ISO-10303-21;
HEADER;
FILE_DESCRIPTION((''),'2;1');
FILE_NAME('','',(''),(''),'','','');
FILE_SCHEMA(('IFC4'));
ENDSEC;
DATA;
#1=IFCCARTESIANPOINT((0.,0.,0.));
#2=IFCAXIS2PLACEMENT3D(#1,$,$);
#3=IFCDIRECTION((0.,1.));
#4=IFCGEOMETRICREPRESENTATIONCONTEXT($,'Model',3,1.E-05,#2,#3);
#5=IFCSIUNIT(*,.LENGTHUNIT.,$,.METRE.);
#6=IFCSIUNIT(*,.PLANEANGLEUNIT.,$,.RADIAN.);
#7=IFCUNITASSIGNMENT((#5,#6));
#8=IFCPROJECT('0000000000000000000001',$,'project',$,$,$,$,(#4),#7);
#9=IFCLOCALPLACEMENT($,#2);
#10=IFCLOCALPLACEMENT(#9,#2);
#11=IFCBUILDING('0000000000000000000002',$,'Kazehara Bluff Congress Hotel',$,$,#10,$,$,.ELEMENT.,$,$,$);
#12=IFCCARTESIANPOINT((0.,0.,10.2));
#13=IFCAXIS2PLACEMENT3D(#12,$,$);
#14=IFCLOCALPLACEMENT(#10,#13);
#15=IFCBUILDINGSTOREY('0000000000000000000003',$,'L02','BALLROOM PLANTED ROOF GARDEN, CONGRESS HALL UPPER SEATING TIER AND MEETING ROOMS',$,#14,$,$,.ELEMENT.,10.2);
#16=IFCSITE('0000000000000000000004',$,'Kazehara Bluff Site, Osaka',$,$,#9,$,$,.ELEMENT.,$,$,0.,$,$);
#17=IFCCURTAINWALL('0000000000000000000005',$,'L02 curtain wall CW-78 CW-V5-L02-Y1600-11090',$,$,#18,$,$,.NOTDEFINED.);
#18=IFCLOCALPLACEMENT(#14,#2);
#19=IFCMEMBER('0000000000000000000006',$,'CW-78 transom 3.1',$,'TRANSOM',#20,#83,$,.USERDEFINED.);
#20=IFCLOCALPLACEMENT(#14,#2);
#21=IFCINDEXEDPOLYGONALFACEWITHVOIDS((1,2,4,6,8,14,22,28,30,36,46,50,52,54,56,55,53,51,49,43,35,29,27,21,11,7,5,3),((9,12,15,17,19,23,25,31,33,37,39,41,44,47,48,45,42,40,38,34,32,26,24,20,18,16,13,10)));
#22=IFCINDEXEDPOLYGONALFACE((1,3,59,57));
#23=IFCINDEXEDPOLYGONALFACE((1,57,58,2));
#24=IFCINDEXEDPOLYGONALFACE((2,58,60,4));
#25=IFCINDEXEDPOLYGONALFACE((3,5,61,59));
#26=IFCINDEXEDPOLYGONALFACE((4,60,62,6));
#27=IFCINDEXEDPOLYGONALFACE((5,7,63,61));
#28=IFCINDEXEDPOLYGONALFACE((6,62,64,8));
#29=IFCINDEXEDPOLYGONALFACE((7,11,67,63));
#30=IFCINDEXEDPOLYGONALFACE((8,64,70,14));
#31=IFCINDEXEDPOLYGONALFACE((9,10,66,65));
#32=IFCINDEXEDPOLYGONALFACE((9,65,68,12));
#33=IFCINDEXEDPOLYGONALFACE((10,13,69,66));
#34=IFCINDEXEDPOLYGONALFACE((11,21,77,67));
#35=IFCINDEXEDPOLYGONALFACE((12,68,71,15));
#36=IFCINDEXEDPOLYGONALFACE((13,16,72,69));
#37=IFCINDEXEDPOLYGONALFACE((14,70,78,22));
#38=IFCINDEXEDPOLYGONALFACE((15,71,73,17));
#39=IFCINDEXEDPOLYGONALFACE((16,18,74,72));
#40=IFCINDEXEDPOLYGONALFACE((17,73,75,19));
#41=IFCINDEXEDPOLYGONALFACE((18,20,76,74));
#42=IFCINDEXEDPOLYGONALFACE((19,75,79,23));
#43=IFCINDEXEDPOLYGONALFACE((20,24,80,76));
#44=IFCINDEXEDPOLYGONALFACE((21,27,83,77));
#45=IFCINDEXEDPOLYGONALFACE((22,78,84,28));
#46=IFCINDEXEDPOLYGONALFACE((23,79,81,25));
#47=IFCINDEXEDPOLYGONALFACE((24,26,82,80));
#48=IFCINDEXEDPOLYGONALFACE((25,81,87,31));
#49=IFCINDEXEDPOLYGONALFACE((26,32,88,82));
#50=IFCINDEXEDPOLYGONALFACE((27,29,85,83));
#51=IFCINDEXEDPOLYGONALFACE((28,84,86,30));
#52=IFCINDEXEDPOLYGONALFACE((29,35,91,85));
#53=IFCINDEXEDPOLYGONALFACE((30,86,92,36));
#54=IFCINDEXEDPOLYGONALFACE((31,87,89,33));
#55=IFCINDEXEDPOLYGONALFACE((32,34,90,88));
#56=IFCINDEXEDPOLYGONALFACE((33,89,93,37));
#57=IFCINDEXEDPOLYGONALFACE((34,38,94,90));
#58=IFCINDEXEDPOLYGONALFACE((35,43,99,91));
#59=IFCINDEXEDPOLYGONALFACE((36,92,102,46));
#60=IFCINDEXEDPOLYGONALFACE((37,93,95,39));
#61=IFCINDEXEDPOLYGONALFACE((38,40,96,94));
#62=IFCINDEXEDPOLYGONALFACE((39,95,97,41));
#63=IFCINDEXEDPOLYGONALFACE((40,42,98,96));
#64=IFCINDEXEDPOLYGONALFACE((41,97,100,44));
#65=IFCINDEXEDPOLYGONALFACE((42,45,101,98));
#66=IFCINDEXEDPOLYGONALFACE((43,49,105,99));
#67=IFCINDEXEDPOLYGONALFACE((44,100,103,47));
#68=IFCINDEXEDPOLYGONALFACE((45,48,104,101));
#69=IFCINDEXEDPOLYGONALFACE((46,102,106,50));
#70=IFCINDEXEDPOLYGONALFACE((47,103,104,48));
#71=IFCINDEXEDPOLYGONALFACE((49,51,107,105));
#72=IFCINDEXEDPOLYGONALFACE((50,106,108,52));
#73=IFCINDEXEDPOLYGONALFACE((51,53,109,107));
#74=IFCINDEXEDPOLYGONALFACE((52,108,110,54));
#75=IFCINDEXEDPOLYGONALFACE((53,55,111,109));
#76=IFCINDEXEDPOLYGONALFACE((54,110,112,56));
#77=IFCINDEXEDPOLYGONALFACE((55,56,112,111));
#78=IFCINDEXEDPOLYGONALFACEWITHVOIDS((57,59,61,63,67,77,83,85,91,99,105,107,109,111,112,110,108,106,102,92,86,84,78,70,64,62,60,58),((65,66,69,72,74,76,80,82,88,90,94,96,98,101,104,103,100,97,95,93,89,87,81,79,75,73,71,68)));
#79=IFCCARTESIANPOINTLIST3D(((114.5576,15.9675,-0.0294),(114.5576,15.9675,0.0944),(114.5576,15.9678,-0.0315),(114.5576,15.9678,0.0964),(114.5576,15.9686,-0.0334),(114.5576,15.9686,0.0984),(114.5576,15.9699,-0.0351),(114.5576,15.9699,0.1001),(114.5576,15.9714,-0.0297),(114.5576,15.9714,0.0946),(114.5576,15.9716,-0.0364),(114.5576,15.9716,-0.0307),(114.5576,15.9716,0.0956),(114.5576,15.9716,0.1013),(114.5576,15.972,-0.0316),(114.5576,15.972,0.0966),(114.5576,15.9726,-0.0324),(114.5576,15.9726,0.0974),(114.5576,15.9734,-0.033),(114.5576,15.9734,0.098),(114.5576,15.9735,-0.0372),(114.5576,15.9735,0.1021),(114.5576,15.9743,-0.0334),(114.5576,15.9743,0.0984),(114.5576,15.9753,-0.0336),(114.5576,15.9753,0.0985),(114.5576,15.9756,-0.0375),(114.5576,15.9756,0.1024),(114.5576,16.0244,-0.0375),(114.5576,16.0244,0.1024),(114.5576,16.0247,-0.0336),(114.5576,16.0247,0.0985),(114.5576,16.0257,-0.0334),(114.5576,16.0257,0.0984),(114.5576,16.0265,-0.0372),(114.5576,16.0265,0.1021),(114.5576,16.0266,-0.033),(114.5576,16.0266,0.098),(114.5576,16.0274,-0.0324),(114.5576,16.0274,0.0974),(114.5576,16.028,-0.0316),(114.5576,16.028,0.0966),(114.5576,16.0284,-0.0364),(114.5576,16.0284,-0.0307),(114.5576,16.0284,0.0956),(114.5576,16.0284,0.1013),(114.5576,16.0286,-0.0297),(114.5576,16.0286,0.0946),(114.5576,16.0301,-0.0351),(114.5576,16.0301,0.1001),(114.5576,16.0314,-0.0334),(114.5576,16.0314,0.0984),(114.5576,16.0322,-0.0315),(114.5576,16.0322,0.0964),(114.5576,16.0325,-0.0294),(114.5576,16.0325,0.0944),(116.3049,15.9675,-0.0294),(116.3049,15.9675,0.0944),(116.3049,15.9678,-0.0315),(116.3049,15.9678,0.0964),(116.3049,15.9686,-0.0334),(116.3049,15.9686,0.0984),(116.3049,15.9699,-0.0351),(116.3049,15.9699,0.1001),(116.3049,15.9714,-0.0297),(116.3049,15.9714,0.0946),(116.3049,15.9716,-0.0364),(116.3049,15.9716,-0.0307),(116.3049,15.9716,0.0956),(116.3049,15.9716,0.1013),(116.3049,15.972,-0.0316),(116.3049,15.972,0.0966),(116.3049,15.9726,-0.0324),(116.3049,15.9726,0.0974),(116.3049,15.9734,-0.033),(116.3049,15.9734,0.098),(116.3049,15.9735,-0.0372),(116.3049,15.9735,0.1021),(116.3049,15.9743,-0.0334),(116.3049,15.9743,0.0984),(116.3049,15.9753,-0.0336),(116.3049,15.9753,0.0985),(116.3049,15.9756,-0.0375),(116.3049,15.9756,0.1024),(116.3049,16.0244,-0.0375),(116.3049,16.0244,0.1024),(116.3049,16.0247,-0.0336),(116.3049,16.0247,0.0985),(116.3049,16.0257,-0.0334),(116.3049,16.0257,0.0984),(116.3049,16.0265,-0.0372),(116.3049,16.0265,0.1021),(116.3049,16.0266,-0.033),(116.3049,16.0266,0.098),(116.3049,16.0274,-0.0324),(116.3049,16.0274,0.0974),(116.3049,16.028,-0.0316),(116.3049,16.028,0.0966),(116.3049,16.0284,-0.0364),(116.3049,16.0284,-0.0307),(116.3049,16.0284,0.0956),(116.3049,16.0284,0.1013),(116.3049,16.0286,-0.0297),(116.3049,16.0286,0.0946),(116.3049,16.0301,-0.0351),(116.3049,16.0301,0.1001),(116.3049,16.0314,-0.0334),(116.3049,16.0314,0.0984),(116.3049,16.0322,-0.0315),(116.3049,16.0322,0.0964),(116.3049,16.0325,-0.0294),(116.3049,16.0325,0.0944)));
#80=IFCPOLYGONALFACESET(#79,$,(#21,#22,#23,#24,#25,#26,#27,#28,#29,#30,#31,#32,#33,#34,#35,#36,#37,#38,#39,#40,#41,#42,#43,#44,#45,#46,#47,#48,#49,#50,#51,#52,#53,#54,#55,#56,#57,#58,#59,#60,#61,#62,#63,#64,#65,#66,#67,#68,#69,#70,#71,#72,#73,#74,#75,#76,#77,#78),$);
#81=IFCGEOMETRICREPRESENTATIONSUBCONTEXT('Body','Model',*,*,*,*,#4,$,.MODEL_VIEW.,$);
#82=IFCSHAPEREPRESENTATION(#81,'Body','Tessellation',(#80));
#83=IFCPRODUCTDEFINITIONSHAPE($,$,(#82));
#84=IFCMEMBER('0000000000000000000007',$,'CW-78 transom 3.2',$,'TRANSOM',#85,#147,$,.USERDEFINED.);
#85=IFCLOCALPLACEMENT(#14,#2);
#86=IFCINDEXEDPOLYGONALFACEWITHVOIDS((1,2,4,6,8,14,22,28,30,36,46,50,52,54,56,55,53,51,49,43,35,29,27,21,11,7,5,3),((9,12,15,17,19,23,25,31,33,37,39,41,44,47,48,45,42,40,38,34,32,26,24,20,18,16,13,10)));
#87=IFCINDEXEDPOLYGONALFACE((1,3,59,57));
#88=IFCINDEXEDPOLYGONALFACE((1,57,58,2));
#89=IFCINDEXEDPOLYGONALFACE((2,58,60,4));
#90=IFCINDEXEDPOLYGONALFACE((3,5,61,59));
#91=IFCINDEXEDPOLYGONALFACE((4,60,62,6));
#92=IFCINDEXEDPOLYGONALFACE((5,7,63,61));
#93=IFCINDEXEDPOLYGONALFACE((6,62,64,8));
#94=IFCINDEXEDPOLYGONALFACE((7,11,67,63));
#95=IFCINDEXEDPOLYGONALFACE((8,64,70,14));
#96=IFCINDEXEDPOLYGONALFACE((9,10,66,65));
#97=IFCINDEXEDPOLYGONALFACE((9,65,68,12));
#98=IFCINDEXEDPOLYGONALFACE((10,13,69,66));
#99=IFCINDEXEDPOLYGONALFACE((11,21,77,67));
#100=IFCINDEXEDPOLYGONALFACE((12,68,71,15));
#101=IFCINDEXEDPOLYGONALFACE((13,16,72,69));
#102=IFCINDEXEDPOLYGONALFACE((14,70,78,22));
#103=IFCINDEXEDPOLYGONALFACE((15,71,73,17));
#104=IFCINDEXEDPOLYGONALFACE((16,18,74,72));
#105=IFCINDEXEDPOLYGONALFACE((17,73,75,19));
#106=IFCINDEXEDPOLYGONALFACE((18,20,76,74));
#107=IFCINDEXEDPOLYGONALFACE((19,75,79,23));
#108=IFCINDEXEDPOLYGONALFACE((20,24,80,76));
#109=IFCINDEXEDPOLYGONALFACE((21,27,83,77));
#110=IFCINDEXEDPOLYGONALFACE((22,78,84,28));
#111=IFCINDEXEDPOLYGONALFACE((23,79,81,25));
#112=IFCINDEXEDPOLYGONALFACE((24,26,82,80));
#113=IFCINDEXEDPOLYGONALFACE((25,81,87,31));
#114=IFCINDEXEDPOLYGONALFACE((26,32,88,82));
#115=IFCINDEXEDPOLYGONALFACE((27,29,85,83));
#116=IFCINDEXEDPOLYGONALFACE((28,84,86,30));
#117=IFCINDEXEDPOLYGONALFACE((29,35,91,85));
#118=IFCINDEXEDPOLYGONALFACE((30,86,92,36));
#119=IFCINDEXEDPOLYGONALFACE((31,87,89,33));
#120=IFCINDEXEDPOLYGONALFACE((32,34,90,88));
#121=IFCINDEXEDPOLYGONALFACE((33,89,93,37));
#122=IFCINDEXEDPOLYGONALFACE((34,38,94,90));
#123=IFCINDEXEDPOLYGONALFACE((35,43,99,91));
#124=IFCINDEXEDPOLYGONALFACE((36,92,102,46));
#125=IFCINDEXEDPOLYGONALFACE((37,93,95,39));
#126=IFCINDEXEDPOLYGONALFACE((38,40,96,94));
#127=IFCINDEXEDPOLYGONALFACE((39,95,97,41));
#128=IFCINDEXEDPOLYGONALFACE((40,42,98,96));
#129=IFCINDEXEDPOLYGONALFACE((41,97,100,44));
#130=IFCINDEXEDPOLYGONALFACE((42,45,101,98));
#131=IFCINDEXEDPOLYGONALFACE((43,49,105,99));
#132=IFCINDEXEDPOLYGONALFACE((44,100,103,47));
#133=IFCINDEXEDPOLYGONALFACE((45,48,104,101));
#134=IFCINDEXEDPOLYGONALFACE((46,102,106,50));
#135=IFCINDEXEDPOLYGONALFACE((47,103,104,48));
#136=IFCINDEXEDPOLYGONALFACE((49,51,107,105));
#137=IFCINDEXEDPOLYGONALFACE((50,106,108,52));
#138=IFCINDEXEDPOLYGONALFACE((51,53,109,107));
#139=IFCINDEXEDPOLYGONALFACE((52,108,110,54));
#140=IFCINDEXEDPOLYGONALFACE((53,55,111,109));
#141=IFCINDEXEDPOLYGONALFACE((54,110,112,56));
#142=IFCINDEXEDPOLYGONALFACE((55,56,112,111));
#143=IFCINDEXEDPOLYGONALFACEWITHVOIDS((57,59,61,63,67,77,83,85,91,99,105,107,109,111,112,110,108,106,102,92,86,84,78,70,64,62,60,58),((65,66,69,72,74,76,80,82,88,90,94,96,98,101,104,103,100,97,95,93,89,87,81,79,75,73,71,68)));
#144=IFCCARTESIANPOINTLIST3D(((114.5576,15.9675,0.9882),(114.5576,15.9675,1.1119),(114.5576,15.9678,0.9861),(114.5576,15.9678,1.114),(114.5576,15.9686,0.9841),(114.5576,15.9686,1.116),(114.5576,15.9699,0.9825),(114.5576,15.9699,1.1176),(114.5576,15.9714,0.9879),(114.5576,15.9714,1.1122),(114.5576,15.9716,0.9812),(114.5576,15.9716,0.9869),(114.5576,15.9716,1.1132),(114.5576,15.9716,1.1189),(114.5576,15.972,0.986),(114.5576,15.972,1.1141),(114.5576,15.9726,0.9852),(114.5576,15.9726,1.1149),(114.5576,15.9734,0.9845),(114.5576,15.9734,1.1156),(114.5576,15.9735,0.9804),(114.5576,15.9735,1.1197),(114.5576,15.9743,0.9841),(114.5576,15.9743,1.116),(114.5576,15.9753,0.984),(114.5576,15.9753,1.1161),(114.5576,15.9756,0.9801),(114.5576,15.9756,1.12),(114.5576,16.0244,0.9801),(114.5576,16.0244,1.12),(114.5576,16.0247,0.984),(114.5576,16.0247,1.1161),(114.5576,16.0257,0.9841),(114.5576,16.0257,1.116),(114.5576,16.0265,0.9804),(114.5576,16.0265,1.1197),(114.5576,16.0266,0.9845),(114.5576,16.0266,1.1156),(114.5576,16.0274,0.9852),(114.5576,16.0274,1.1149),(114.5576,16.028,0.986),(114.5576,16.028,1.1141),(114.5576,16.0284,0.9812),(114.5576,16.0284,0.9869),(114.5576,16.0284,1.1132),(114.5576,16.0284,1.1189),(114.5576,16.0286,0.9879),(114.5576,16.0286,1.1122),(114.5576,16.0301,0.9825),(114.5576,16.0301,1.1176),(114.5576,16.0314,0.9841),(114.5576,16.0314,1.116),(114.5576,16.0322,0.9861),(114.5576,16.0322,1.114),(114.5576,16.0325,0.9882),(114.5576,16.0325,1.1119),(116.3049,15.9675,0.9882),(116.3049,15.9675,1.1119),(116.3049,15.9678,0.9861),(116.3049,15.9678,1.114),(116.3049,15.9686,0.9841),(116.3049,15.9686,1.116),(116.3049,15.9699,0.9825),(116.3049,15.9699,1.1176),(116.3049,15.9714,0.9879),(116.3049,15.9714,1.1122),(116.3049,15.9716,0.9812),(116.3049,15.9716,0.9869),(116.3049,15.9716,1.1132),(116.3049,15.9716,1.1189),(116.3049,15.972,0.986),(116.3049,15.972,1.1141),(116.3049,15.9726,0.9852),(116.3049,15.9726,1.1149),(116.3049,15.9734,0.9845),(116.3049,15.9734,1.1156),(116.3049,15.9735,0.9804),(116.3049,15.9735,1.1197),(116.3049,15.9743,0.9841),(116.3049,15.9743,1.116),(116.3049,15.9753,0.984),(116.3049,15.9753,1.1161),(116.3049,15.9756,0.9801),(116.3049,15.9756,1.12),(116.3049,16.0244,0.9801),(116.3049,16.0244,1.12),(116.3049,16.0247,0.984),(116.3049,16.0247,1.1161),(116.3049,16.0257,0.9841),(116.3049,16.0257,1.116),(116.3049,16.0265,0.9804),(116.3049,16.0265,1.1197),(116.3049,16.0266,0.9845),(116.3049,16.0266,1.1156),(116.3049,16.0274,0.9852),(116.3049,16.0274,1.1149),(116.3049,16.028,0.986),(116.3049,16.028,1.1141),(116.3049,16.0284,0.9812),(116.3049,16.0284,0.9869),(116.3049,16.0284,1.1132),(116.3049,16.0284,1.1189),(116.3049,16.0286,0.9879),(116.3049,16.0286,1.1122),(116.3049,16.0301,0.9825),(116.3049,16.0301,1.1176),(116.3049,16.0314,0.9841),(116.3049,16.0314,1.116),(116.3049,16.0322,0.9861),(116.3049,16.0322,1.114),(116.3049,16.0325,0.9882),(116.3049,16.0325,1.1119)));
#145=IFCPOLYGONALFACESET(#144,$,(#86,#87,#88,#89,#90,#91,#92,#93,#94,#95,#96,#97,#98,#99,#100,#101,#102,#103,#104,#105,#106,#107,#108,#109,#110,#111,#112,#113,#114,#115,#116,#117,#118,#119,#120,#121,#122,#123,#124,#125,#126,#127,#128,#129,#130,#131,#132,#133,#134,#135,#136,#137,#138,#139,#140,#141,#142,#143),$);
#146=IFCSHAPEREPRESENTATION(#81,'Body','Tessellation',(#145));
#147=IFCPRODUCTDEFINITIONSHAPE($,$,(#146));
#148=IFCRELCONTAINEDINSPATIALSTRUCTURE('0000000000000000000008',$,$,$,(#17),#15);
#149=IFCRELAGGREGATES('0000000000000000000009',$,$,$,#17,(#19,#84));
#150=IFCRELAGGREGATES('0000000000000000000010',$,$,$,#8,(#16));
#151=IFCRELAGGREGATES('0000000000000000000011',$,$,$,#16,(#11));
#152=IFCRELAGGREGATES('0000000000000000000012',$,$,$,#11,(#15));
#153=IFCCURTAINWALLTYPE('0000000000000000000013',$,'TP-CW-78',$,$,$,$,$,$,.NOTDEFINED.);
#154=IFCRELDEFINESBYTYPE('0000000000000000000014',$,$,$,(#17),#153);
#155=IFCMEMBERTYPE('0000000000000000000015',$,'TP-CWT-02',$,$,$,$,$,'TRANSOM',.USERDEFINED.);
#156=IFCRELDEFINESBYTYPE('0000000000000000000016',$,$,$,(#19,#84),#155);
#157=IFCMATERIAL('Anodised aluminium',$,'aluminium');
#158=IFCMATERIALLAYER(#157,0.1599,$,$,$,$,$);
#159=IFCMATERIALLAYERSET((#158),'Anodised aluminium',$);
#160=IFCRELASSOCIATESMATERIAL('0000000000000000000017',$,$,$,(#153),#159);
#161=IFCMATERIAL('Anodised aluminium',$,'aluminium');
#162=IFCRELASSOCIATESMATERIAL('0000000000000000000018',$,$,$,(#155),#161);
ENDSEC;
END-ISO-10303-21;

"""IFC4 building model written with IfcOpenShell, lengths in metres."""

from ifc_helpers import new_model, si_unit, direction, frame, origin, origin_2d, place, context, subcontext, project, spatial, hollow_rectangle, extrude, material, layer, layer_set, material_profile, profile_set, type_object, element, aggregate, save


model = new_model("IFC4")

# Units and contexts
model_context = context("Model", 3, precision=1e-05, world=origin(), true_north=direction((0.0, 1.0)))
body_context = subcontext(model_context, "Body", "Model", "MODEL_VIEW")
ifc_project = project(units=[si_unit("LENGTHUNIT", "METRE"), si_unit("PLANEANGLEUNIT", "RADIAN")], contexts=[model_context])

# Site, building, storey
site_placement = place(None, origin())
site = spatial("IfcSite", under=ifc_project, at=site_placement, Name="Kazehara Bluff Site, Osaka", CompositionType="ELEMENT", RefElevation=0.0)
building_placement = place(site_placement, origin())
building = spatial("IfcBuilding", under=site, at=building_placement, Name="Kazehara Bluff Congress Hotel", CompositionType="ELEMENT")
storey_placement = place(building_placement, frame((0.0, 0.0, 10.2)))
storey = spatial("IfcBuildingStorey", under=building, at=storey_placement, Name="L02", Description="BALLROOM PLANTED ROOF GARDEN, CONGRESS HALL UPPER SEATING TIER AND MEETING ROOMS", CompositionType="ELEMENT", Elevation=10.2)

# Curtain wall, members
ifc_material_1 = material(Name="Anodised aluminium", Category="aluminium")
ifc_layer_1 = layer(ifc_material_1, 0.1599)
ifc_layer_set_1 = layer_set([ifc_layer_1], Name="Anodised aluminium")
curtain_wall_type = type_object("IfcCurtainWallType", Name="TP-CW-78", PredefinedType="NOTDEFINED", material=ifc_layer_set_1)
curtain_wall_placement = place(storey_placement, origin())
curtain_wall = element("IfcCurtainWall", 1, at=curtain_wall_placement, inside=storey, type_object=curtain_wall_type, Name="L02 curtain wall CW-78 CW-V5-L02-Y1600-11090", PredefinedType="NOTDEFINED")
ifc_material_2 = material(Name="Anodised aluminium", Category="aluminium")
ifc_material_profile_1 = material_profile(ifc_material_2, hollow_rectangle(XDim=0.0649, YDim=0.1399, WallThickness=0.0039, InnerFilletRadius=0.0039, OuterFilletRadius=0.0081, at=origin_2d()))
ifc_profile_set_1 = profile_set([ifc_material_profile_1], Name="Anodised aluminium")
member_type_1 = type_object("IfcMemberType", Name="TP-CWT-02", ElementType="TRANSOM", PredefinedType="USERDEFINED", material=ifc_profile_set_1)
member_1_placement = place(storey_placement, frame((114.5576, 16.0, 0.0325), z_axis=(1.0, 0.0, 0.0), x_axis=(0.0, 1.0, 0.0)))
member_1 = element("IfcMember", 2, at=member_1_placement, type_object=member_type_1, Name="CW-78 transom 3.1", ObjectType="TRANSOM", PredefinedType="USERDEFINED", context=body_context, shape_type="SweptSolid", body=[
    extrude(hollow_rectangle(XDim=0.0649, YDim=0.1399, WallThickness=0.0039, InnerFilletRadius=0.0039, OuterFilletRadius=0.0081, at=origin_2d()), origin(), (0.0, 0.0, 1.0), 1.7473),
])
member_2_placement = place(storey_placement, frame((114.5576, 16.0, 1.05), z_axis=(1.0, 0.0, 0.0), x_axis=(0.0, 1.0, 0.0)))
member_2 = element("IfcMember", 3, at=member_2_placement, type_object=member_type_1, Name="CW-78 transom 3.2", ObjectType="TRANSOM", PredefinedType="USERDEFINED", context=body_context, shape_type="SweptSolid", body=[
    extrude(hollow_rectangle(XDim=0.0649, YDim=0.1399, WallThickness=0.0039, InnerFilletRadius=0.0039, OuterFilletRadius=0.0081, at=origin_2d()), origin(), (0.0, 0.0, 1.0), 1.7473),
])
aggregate(curtain_wall, [member_1, member_2])

save(model, "model.ifc")
